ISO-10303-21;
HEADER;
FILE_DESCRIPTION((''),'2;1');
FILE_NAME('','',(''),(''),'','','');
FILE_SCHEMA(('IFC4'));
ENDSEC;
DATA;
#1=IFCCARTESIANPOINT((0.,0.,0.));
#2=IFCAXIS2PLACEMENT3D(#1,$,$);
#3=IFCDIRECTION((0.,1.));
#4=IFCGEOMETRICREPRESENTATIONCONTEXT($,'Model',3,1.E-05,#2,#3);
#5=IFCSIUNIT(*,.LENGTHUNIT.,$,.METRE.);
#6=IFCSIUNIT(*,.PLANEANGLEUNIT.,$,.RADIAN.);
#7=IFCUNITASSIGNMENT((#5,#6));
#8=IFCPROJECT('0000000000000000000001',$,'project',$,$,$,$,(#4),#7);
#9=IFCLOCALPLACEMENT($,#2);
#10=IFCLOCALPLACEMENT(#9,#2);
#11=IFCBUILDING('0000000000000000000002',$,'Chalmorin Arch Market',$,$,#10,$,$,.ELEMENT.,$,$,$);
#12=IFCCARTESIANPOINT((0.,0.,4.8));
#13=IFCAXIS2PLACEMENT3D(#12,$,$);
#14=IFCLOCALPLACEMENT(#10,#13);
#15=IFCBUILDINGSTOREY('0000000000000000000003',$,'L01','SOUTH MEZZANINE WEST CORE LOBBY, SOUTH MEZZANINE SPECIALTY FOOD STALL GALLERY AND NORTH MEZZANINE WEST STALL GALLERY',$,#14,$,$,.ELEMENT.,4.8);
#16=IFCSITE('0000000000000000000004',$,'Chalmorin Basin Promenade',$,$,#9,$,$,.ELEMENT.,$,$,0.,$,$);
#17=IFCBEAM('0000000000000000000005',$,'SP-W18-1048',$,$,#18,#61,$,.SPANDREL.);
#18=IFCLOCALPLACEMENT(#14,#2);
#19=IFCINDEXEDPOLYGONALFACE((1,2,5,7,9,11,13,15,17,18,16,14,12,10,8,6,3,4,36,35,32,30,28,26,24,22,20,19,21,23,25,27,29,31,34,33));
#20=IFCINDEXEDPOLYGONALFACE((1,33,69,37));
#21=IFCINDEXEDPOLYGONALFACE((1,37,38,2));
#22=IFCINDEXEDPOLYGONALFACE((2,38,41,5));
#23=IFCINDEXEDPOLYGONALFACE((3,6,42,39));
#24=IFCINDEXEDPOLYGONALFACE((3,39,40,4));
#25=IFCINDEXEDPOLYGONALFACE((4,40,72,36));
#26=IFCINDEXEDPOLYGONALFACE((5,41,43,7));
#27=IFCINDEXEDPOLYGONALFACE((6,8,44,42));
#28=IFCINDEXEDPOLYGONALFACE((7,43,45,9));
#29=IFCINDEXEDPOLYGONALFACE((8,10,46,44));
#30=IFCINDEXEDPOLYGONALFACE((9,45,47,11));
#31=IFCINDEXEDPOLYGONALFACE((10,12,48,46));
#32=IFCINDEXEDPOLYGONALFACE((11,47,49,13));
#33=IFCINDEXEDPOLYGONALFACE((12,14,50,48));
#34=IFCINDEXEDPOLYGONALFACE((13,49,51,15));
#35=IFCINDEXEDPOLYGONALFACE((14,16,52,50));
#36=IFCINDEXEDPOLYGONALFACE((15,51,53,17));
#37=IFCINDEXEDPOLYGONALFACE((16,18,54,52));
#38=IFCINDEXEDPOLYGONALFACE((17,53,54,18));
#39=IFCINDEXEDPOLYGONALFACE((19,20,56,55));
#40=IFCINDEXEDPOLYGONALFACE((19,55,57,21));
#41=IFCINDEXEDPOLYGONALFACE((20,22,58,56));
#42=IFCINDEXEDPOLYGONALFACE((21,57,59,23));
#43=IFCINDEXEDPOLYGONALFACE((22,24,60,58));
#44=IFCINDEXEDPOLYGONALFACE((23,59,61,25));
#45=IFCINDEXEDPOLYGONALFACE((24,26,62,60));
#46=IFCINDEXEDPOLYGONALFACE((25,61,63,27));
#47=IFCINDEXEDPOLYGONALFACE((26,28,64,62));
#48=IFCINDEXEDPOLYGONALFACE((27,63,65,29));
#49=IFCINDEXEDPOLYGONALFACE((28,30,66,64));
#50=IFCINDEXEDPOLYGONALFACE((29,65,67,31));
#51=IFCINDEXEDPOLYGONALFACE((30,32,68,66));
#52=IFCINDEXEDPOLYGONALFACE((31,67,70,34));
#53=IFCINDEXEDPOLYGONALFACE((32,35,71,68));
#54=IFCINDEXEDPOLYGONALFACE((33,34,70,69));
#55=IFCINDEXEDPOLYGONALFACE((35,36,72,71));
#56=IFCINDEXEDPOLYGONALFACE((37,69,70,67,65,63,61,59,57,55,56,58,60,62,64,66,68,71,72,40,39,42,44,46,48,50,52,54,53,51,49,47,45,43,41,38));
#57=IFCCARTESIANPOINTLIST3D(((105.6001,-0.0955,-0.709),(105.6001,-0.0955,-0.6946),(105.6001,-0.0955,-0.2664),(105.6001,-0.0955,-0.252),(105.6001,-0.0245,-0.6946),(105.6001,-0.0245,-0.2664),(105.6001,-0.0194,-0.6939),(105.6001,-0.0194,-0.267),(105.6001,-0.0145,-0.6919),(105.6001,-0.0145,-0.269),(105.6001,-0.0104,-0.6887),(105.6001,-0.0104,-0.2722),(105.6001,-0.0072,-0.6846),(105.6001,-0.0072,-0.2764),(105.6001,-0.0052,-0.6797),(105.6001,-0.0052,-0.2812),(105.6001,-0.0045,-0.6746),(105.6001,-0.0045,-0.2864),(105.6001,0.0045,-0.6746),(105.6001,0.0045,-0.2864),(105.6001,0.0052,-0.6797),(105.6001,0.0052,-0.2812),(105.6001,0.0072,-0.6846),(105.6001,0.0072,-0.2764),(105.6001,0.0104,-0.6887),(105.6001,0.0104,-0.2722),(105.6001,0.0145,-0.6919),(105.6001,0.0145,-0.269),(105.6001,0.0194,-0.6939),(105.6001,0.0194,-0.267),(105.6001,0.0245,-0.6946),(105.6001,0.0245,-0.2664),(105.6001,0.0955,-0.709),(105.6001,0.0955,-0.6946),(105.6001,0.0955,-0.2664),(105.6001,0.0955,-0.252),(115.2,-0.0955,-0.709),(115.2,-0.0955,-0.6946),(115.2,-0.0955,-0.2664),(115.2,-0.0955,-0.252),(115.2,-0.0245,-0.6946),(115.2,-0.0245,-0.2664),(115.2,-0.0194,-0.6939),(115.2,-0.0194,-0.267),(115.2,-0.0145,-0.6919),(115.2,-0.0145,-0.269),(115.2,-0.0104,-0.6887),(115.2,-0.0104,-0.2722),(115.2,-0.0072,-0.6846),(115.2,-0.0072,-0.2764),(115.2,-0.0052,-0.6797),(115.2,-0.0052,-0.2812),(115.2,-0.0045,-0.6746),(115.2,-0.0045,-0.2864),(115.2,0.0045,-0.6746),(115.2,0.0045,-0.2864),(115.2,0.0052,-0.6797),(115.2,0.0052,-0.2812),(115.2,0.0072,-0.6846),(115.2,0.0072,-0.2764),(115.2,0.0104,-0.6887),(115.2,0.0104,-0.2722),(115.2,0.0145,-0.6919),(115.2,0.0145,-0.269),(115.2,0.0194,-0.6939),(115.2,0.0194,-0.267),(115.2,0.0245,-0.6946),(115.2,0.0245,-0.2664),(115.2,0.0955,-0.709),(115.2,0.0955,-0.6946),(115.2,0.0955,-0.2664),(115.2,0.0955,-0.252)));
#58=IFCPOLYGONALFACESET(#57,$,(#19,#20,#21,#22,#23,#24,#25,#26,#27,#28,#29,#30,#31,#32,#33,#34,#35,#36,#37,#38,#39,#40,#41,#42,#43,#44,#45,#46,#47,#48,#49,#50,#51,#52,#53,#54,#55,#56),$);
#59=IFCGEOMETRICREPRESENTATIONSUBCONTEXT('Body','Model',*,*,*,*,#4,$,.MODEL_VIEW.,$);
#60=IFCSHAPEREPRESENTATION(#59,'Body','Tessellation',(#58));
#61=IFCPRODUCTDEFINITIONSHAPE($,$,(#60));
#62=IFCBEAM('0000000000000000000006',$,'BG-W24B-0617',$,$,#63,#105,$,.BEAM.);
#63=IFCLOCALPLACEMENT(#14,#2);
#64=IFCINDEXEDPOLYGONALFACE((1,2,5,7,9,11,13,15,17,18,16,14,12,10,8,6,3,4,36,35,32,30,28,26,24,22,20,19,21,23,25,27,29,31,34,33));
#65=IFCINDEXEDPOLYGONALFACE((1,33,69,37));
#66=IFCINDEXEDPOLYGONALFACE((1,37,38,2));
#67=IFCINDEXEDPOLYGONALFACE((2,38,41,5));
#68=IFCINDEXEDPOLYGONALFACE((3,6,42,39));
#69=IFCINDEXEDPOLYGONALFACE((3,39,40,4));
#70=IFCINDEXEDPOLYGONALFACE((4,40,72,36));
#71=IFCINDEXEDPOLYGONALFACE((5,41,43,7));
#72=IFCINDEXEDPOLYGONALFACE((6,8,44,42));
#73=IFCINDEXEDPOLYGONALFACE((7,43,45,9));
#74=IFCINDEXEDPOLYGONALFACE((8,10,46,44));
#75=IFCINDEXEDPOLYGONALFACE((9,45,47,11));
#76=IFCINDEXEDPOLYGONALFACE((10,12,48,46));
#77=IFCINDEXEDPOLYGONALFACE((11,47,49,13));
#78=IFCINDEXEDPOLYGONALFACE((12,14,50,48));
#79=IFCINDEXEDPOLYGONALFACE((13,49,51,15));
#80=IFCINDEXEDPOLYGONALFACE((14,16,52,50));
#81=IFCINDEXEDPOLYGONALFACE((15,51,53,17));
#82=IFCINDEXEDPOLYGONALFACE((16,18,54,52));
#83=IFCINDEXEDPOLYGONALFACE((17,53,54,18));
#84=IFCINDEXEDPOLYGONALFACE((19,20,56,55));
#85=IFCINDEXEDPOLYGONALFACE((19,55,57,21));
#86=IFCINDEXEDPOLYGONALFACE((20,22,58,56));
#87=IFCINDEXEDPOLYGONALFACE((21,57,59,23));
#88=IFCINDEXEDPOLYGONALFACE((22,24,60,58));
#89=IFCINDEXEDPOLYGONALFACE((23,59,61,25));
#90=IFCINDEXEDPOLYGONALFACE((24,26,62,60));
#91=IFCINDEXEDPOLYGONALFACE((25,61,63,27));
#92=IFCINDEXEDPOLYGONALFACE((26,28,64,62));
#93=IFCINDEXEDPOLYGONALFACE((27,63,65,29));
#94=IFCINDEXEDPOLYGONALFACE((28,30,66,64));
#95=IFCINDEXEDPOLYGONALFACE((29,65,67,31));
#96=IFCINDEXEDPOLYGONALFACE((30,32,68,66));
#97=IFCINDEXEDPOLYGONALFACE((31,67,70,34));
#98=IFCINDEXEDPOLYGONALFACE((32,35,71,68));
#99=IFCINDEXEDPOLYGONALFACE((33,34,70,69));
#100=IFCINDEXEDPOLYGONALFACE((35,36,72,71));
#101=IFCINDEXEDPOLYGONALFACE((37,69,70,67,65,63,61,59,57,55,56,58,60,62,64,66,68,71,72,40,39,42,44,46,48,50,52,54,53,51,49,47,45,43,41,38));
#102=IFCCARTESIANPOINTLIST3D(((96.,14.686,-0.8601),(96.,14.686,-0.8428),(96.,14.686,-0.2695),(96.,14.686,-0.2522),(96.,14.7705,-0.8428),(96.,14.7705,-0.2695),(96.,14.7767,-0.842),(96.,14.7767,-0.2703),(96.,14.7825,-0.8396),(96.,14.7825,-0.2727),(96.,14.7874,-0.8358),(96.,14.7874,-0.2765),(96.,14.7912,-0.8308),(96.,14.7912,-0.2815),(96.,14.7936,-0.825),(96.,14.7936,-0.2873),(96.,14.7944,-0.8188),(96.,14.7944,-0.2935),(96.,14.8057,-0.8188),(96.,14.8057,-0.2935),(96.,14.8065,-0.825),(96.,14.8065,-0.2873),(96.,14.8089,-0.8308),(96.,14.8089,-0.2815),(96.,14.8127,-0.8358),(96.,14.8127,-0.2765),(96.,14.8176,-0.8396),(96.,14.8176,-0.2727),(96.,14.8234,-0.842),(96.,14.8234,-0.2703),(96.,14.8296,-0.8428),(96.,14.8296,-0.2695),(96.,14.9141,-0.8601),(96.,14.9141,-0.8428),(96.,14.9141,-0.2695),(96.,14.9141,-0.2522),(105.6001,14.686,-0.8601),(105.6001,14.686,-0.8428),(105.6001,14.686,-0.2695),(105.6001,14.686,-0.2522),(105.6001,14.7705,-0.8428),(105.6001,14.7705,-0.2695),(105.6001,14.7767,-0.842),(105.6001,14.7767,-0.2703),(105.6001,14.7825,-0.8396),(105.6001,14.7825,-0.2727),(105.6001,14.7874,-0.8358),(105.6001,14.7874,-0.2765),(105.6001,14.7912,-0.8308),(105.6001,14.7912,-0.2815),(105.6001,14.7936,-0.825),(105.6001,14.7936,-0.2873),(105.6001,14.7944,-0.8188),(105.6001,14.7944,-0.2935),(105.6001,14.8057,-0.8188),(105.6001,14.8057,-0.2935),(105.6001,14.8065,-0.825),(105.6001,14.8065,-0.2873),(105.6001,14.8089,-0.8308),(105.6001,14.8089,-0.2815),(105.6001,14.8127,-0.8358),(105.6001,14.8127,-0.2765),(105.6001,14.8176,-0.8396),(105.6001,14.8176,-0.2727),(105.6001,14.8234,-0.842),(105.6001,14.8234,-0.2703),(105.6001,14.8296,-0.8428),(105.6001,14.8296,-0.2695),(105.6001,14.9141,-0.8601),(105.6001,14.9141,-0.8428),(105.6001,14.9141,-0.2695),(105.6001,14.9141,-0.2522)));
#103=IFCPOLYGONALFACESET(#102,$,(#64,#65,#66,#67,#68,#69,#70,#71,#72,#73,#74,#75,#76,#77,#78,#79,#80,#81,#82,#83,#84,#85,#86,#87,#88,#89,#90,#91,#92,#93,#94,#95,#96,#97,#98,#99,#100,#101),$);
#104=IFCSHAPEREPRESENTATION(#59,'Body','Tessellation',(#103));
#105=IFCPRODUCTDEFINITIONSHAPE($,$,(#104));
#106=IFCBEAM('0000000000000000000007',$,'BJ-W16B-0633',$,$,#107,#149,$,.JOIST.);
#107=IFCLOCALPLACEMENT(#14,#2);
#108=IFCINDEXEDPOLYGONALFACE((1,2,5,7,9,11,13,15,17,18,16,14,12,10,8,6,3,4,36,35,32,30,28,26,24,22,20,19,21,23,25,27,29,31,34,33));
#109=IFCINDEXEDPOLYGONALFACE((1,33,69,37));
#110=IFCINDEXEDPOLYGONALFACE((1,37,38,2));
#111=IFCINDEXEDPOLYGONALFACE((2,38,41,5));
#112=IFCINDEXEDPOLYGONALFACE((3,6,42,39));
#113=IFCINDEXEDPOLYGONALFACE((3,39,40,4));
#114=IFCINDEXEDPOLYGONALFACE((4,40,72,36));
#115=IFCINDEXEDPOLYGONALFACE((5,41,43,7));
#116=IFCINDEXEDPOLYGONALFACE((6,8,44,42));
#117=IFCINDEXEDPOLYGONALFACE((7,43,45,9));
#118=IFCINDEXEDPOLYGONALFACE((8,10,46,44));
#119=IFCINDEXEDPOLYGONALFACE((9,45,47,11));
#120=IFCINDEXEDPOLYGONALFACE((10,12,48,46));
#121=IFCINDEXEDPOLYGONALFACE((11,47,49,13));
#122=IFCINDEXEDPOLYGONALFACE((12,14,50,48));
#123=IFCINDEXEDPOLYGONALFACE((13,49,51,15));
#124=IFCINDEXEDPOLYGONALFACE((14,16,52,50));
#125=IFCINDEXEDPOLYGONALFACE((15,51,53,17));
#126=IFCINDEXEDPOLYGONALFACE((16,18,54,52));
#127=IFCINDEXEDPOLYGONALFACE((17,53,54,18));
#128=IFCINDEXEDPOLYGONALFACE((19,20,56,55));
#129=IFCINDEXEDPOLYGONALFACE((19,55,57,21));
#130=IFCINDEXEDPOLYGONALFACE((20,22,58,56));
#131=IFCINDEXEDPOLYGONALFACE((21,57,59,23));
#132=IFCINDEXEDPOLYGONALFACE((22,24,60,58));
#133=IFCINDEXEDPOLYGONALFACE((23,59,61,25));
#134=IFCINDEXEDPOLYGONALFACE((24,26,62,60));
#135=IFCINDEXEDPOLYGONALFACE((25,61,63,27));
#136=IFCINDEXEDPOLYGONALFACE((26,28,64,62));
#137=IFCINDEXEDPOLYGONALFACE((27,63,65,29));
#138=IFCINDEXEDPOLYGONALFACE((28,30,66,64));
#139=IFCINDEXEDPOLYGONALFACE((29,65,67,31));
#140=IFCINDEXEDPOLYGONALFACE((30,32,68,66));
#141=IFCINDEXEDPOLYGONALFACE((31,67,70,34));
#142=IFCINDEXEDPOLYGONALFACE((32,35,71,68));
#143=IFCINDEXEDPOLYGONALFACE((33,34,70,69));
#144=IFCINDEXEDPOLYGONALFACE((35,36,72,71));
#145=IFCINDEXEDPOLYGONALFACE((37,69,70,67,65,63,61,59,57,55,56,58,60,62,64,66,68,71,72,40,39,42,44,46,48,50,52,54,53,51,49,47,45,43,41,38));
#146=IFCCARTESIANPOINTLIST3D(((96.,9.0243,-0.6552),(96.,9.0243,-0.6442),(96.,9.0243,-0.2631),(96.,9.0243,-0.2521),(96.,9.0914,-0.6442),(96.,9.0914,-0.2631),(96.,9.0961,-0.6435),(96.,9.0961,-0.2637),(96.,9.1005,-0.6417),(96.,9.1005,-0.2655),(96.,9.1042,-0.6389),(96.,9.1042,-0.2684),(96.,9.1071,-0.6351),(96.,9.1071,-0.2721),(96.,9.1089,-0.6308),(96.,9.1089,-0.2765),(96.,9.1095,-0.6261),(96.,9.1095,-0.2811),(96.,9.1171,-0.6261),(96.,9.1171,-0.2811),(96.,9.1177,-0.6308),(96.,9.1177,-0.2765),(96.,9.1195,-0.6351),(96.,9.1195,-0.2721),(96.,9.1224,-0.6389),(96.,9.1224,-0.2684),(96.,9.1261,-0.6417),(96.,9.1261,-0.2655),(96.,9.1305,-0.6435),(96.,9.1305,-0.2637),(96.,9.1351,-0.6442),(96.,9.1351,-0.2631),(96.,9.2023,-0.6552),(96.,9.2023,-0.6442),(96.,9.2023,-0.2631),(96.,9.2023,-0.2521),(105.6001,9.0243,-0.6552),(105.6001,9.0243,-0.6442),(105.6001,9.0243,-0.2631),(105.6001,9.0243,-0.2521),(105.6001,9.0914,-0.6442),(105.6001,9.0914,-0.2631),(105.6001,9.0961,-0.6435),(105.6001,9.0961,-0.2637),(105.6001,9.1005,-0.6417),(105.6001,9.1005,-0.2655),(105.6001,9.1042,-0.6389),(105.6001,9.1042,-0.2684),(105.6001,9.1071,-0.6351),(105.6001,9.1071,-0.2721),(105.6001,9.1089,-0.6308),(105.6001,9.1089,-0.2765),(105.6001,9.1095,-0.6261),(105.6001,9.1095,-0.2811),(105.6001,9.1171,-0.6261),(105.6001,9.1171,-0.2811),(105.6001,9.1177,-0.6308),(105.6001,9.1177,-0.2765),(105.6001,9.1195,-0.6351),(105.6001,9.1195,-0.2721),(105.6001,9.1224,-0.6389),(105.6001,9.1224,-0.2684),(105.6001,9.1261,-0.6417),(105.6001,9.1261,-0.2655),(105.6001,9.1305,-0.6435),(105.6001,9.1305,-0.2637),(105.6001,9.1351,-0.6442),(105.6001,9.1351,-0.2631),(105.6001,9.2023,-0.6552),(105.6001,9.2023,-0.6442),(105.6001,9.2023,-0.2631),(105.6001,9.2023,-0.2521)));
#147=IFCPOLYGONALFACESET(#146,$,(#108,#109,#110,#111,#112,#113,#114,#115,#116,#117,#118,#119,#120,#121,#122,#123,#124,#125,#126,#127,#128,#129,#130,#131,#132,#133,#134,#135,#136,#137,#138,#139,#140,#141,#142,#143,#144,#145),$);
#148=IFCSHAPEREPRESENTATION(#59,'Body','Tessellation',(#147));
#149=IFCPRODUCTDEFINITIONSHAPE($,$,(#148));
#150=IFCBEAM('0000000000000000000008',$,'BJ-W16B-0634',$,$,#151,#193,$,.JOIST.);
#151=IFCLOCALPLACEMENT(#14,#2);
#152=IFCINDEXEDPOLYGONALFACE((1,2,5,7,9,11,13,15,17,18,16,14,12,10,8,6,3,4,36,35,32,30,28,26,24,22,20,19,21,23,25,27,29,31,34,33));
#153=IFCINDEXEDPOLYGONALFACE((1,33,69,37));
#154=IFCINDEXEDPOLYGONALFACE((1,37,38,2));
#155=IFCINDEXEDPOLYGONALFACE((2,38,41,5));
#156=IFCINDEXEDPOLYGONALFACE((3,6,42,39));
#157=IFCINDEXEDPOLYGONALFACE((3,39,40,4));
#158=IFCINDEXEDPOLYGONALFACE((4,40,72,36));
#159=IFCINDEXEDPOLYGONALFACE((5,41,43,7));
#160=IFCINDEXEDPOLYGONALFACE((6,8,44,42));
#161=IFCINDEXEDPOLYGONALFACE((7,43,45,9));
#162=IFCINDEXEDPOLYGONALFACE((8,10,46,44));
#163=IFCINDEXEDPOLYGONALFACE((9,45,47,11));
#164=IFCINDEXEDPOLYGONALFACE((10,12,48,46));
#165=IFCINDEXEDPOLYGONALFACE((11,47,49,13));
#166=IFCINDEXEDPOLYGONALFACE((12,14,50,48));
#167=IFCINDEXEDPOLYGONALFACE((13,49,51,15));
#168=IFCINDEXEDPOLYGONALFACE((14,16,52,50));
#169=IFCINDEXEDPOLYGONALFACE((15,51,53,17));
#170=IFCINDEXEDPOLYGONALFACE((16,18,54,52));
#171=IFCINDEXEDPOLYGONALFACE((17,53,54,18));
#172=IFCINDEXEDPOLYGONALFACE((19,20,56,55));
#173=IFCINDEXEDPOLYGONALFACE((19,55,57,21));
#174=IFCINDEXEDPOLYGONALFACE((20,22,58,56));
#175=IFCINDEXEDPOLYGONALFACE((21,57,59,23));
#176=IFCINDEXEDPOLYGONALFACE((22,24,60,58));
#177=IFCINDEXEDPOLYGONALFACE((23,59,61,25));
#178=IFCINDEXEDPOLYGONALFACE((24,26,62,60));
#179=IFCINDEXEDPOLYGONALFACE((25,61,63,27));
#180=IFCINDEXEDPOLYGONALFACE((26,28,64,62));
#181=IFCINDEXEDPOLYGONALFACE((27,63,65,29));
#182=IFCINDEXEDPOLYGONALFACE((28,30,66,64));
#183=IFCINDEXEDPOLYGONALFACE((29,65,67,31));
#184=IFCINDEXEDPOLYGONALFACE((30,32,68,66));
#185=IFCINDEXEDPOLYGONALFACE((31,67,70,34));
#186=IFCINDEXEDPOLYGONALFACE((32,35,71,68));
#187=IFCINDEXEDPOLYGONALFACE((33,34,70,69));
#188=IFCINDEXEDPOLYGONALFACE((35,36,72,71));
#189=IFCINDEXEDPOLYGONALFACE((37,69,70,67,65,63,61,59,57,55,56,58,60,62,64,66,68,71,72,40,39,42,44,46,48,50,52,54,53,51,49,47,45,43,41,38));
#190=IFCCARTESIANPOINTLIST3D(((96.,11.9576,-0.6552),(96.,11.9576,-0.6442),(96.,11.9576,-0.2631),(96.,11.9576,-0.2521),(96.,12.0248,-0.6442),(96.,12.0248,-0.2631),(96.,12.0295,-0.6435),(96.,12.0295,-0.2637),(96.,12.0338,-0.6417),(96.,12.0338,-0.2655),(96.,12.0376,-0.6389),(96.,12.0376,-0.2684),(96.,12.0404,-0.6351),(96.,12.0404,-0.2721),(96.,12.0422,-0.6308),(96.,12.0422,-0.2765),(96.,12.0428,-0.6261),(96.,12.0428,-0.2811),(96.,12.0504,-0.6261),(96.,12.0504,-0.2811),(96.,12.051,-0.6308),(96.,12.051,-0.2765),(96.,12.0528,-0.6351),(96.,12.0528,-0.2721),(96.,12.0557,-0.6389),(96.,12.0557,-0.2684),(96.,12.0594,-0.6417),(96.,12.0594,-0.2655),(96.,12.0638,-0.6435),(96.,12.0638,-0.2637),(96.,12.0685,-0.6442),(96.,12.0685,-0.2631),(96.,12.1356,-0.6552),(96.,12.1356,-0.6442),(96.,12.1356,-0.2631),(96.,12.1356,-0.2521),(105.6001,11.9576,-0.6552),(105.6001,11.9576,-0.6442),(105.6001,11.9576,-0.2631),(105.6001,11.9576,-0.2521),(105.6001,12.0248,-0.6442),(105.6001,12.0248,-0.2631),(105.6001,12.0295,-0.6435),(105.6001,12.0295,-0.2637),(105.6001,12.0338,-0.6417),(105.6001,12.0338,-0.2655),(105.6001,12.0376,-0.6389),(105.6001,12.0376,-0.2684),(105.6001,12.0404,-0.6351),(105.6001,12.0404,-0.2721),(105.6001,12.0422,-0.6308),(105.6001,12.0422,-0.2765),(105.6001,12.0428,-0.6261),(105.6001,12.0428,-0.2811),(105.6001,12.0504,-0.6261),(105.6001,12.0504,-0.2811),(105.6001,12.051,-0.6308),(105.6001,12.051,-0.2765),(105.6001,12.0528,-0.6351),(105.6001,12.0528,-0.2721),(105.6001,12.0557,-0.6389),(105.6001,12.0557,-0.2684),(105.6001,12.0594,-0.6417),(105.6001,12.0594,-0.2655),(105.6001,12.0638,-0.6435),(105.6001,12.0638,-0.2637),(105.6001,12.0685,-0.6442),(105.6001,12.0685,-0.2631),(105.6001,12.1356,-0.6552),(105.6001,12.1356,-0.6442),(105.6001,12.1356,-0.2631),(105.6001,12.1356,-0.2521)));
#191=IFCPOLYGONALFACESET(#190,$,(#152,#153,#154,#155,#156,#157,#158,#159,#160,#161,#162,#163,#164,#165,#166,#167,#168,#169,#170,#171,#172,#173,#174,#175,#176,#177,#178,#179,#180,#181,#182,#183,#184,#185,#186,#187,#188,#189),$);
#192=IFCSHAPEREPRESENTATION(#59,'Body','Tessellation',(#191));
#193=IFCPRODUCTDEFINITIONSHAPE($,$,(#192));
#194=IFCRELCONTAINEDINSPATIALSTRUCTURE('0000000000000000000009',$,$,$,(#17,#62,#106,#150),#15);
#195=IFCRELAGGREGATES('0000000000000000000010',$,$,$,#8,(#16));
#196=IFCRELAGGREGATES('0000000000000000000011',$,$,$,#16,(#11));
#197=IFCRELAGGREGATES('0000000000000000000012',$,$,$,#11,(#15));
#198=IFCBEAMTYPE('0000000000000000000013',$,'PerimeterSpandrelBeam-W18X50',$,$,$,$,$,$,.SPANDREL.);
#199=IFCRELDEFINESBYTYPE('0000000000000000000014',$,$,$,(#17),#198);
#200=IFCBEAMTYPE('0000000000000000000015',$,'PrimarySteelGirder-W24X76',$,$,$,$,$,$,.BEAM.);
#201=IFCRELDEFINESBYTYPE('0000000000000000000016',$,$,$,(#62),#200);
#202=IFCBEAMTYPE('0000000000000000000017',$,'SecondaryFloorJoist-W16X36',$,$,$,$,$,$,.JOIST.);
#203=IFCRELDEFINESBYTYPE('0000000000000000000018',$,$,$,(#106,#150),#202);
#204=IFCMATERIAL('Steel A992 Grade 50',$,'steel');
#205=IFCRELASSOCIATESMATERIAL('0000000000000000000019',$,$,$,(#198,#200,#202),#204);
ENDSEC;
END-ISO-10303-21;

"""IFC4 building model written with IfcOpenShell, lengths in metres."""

from ifc_helpers import new_model, si_unit, direction, frame, origin, origin_2d, place, context, subcontext, project, spatial, i_section, extrude, material, material_profile, profile_set, type_object, element, save


model = new_model("IFC4")

# Units and contexts
model_context = context("Model", 3, precision=1e-05, world=origin(), true_north=direction((0.0, 1.0)))
body_context = subcontext(model_context, "Body", "Model", "MODEL_VIEW")
ifc_project = project(units=[si_unit("LENGTHUNIT", "METRE"), si_unit("PLANEANGLEUNIT", "RADIAN")], contexts=[model_context])

# Site, building, storey
site_placement = place(None, origin())
site = spatial("IfcSite", under=ifc_project, at=site_placement, Name="Chalmorin Basin Promenade", CompositionType="ELEMENT", RefElevation=0.0)
building_placement = place(site_placement, origin())
building = spatial("IfcBuilding", under=site, at=building_placement, Name="Chalmorin Arch Market", CompositionType="ELEMENT")
storey_placement = place(building_placement, frame((0.0, 0.0, 4.8)))
storey = spatial("IfcBuildingStorey", under=building, at=storey_placement, Name="L01", Description="SOUTH MEZZANINE WEST CORE LOBBY, SOUTH MEZZANINE SPECIALTY FOOD STALL GALLERY AND NORTH MEZZANINE WEST STALL GALLERY", CompositionType="ELEMENT", Elevation=4.8)

# Beams
ifc_material_1 = material(Name="Steel A992 Grade 50", Category="steel")
ifc_material_profile_1 = material_profile(ifc_material_1, i_section(OverallWidth=0.1909, OverallDepth=0.457, WebThickness=0.009, FlangeThickness=0.0144, FilletRadius=0.02, at=origin_2d()), Name="W18X50")
ifc_profile_set_1 = profile_set([ifc_material_profile_1], Name="Steel A992 Grade 50")
beam_type_1 = type_object("IfcBeamType", Name="PerimeterSpandrelBeam-W18X50", PredefinedType="SPANDREL", material=ifc_profile_set_1)
beam_1_placement = place(storey_placement, frame((105.6001, 0.0, -0.4805), z_axis=(1.0, 0.0, 0.0), x_axis=(0.0, 1.0, 0.0)))
element("IfcBeam", 1, at=beam_1_placement, inside=storey, type_object=beam_type_1, Name="SP-W18-1048", PredefinedType="SPANDREL", context=body_context, shape_type="SweptSolid", body=[
    extrude(i_section(OverallWidth=0.1909, OverallDepth=0.457, WebThickness=0.009, FlangeThickness=0.0144, FilletRadius=0.02, at=origin_2d()), origin(), (0.0, 0.0, 1.0), 9.5999),
])
ifc_material_profile_2 = material_profile(ifc_material_1, i_section(OverallWidth=0.228, OverallDepth=0.6079, WebThickness=0.0112, FlangeThickness=0.0173, FilletRadius=0.0239, at=origin_2d()), Name="W24X76")
ifc_profile_set_2 = profile_set([ifc_material_profile_2], Name="Steel A992 Grade 50")
beam_type_2 = type_object("IfcBeamType", Name="PrimarySteelGirder-W24X76", PredefinedType="BEAM", material=ifc_profile_set_2)
beam_2_placement = place(storey_placement, frame((96.0, 14.8, -0.5562), z_axis=(1.0, 0.0, 0.0), x_axis=(0.0, 1.0, 0.0)))
element("IfcBeam", 2, at=beam_2_placement, inside=storey, type_object=beam_type_2, Name="BG-W24B-0617", PredefinedType="BEAM", context=body_context, shape_type="SweptSolid", body=[
    extrude(i_section(OverallWidth=0.228, OverallDepth=0.6079, WebThickness=0.0112, FlangeThickness=0.0173, FilletRadius=0.0239, at=origin_2d()), origin(), (0.0, 0.0, 1.0), 9.6001),
])
ifc_material_profile_3 = material_profile(ifc_material_1, i_section(OverallWidth=0.178, OverallDepth=0.4031, WebThickness=0.0076, FlangeThickness=0.011, FilletRadius=0.0181, at=origin_2d()), Name="W16X36")
ifc_profile_set_3 = profile_set([ifc_material_profile_3], Name="Steel A992 Grade 50")
beam_type_3 = type_object("IfcBeamType", Name="SecondaryFloorJoist-W16X36", PredefinedType="JOIST", material=ifc_profile_set_3)
for number, where, z_axis, x_axis, name in (
    (3, (96.0, 9.1133, -0.4536), (1.0, 0.0, 0.0), (0.0, 1.0, 0.0), "BJ-W16B-0633"),
    (4, (96.0, 12.0466, -0.4536), (1.0, 0.0, 0.0), (0.0, 1.0, 0.0), "BJ-W16B-0634"),
):
    element("IfcBeam", number, at=place(storey_placement, frame(where, z_axis=z_axis, x_axis=x_axis)), inside=storey, type_object=beam_type_3, Name=name, PredefinedType="JOIST", context=body_context, shape_type="SweptSolid", body=[
        extrude(i_section(OverallWidth=0.178, OverallDepth=0.4031, WebThickness=0.0076, FlangeThickness=0.011, FilletRadius=0.0181, at=origin_2d()), origin(), (0.0, 0.0, 1.0), 9.6001),
    ])

save(model, "model.ifc")
